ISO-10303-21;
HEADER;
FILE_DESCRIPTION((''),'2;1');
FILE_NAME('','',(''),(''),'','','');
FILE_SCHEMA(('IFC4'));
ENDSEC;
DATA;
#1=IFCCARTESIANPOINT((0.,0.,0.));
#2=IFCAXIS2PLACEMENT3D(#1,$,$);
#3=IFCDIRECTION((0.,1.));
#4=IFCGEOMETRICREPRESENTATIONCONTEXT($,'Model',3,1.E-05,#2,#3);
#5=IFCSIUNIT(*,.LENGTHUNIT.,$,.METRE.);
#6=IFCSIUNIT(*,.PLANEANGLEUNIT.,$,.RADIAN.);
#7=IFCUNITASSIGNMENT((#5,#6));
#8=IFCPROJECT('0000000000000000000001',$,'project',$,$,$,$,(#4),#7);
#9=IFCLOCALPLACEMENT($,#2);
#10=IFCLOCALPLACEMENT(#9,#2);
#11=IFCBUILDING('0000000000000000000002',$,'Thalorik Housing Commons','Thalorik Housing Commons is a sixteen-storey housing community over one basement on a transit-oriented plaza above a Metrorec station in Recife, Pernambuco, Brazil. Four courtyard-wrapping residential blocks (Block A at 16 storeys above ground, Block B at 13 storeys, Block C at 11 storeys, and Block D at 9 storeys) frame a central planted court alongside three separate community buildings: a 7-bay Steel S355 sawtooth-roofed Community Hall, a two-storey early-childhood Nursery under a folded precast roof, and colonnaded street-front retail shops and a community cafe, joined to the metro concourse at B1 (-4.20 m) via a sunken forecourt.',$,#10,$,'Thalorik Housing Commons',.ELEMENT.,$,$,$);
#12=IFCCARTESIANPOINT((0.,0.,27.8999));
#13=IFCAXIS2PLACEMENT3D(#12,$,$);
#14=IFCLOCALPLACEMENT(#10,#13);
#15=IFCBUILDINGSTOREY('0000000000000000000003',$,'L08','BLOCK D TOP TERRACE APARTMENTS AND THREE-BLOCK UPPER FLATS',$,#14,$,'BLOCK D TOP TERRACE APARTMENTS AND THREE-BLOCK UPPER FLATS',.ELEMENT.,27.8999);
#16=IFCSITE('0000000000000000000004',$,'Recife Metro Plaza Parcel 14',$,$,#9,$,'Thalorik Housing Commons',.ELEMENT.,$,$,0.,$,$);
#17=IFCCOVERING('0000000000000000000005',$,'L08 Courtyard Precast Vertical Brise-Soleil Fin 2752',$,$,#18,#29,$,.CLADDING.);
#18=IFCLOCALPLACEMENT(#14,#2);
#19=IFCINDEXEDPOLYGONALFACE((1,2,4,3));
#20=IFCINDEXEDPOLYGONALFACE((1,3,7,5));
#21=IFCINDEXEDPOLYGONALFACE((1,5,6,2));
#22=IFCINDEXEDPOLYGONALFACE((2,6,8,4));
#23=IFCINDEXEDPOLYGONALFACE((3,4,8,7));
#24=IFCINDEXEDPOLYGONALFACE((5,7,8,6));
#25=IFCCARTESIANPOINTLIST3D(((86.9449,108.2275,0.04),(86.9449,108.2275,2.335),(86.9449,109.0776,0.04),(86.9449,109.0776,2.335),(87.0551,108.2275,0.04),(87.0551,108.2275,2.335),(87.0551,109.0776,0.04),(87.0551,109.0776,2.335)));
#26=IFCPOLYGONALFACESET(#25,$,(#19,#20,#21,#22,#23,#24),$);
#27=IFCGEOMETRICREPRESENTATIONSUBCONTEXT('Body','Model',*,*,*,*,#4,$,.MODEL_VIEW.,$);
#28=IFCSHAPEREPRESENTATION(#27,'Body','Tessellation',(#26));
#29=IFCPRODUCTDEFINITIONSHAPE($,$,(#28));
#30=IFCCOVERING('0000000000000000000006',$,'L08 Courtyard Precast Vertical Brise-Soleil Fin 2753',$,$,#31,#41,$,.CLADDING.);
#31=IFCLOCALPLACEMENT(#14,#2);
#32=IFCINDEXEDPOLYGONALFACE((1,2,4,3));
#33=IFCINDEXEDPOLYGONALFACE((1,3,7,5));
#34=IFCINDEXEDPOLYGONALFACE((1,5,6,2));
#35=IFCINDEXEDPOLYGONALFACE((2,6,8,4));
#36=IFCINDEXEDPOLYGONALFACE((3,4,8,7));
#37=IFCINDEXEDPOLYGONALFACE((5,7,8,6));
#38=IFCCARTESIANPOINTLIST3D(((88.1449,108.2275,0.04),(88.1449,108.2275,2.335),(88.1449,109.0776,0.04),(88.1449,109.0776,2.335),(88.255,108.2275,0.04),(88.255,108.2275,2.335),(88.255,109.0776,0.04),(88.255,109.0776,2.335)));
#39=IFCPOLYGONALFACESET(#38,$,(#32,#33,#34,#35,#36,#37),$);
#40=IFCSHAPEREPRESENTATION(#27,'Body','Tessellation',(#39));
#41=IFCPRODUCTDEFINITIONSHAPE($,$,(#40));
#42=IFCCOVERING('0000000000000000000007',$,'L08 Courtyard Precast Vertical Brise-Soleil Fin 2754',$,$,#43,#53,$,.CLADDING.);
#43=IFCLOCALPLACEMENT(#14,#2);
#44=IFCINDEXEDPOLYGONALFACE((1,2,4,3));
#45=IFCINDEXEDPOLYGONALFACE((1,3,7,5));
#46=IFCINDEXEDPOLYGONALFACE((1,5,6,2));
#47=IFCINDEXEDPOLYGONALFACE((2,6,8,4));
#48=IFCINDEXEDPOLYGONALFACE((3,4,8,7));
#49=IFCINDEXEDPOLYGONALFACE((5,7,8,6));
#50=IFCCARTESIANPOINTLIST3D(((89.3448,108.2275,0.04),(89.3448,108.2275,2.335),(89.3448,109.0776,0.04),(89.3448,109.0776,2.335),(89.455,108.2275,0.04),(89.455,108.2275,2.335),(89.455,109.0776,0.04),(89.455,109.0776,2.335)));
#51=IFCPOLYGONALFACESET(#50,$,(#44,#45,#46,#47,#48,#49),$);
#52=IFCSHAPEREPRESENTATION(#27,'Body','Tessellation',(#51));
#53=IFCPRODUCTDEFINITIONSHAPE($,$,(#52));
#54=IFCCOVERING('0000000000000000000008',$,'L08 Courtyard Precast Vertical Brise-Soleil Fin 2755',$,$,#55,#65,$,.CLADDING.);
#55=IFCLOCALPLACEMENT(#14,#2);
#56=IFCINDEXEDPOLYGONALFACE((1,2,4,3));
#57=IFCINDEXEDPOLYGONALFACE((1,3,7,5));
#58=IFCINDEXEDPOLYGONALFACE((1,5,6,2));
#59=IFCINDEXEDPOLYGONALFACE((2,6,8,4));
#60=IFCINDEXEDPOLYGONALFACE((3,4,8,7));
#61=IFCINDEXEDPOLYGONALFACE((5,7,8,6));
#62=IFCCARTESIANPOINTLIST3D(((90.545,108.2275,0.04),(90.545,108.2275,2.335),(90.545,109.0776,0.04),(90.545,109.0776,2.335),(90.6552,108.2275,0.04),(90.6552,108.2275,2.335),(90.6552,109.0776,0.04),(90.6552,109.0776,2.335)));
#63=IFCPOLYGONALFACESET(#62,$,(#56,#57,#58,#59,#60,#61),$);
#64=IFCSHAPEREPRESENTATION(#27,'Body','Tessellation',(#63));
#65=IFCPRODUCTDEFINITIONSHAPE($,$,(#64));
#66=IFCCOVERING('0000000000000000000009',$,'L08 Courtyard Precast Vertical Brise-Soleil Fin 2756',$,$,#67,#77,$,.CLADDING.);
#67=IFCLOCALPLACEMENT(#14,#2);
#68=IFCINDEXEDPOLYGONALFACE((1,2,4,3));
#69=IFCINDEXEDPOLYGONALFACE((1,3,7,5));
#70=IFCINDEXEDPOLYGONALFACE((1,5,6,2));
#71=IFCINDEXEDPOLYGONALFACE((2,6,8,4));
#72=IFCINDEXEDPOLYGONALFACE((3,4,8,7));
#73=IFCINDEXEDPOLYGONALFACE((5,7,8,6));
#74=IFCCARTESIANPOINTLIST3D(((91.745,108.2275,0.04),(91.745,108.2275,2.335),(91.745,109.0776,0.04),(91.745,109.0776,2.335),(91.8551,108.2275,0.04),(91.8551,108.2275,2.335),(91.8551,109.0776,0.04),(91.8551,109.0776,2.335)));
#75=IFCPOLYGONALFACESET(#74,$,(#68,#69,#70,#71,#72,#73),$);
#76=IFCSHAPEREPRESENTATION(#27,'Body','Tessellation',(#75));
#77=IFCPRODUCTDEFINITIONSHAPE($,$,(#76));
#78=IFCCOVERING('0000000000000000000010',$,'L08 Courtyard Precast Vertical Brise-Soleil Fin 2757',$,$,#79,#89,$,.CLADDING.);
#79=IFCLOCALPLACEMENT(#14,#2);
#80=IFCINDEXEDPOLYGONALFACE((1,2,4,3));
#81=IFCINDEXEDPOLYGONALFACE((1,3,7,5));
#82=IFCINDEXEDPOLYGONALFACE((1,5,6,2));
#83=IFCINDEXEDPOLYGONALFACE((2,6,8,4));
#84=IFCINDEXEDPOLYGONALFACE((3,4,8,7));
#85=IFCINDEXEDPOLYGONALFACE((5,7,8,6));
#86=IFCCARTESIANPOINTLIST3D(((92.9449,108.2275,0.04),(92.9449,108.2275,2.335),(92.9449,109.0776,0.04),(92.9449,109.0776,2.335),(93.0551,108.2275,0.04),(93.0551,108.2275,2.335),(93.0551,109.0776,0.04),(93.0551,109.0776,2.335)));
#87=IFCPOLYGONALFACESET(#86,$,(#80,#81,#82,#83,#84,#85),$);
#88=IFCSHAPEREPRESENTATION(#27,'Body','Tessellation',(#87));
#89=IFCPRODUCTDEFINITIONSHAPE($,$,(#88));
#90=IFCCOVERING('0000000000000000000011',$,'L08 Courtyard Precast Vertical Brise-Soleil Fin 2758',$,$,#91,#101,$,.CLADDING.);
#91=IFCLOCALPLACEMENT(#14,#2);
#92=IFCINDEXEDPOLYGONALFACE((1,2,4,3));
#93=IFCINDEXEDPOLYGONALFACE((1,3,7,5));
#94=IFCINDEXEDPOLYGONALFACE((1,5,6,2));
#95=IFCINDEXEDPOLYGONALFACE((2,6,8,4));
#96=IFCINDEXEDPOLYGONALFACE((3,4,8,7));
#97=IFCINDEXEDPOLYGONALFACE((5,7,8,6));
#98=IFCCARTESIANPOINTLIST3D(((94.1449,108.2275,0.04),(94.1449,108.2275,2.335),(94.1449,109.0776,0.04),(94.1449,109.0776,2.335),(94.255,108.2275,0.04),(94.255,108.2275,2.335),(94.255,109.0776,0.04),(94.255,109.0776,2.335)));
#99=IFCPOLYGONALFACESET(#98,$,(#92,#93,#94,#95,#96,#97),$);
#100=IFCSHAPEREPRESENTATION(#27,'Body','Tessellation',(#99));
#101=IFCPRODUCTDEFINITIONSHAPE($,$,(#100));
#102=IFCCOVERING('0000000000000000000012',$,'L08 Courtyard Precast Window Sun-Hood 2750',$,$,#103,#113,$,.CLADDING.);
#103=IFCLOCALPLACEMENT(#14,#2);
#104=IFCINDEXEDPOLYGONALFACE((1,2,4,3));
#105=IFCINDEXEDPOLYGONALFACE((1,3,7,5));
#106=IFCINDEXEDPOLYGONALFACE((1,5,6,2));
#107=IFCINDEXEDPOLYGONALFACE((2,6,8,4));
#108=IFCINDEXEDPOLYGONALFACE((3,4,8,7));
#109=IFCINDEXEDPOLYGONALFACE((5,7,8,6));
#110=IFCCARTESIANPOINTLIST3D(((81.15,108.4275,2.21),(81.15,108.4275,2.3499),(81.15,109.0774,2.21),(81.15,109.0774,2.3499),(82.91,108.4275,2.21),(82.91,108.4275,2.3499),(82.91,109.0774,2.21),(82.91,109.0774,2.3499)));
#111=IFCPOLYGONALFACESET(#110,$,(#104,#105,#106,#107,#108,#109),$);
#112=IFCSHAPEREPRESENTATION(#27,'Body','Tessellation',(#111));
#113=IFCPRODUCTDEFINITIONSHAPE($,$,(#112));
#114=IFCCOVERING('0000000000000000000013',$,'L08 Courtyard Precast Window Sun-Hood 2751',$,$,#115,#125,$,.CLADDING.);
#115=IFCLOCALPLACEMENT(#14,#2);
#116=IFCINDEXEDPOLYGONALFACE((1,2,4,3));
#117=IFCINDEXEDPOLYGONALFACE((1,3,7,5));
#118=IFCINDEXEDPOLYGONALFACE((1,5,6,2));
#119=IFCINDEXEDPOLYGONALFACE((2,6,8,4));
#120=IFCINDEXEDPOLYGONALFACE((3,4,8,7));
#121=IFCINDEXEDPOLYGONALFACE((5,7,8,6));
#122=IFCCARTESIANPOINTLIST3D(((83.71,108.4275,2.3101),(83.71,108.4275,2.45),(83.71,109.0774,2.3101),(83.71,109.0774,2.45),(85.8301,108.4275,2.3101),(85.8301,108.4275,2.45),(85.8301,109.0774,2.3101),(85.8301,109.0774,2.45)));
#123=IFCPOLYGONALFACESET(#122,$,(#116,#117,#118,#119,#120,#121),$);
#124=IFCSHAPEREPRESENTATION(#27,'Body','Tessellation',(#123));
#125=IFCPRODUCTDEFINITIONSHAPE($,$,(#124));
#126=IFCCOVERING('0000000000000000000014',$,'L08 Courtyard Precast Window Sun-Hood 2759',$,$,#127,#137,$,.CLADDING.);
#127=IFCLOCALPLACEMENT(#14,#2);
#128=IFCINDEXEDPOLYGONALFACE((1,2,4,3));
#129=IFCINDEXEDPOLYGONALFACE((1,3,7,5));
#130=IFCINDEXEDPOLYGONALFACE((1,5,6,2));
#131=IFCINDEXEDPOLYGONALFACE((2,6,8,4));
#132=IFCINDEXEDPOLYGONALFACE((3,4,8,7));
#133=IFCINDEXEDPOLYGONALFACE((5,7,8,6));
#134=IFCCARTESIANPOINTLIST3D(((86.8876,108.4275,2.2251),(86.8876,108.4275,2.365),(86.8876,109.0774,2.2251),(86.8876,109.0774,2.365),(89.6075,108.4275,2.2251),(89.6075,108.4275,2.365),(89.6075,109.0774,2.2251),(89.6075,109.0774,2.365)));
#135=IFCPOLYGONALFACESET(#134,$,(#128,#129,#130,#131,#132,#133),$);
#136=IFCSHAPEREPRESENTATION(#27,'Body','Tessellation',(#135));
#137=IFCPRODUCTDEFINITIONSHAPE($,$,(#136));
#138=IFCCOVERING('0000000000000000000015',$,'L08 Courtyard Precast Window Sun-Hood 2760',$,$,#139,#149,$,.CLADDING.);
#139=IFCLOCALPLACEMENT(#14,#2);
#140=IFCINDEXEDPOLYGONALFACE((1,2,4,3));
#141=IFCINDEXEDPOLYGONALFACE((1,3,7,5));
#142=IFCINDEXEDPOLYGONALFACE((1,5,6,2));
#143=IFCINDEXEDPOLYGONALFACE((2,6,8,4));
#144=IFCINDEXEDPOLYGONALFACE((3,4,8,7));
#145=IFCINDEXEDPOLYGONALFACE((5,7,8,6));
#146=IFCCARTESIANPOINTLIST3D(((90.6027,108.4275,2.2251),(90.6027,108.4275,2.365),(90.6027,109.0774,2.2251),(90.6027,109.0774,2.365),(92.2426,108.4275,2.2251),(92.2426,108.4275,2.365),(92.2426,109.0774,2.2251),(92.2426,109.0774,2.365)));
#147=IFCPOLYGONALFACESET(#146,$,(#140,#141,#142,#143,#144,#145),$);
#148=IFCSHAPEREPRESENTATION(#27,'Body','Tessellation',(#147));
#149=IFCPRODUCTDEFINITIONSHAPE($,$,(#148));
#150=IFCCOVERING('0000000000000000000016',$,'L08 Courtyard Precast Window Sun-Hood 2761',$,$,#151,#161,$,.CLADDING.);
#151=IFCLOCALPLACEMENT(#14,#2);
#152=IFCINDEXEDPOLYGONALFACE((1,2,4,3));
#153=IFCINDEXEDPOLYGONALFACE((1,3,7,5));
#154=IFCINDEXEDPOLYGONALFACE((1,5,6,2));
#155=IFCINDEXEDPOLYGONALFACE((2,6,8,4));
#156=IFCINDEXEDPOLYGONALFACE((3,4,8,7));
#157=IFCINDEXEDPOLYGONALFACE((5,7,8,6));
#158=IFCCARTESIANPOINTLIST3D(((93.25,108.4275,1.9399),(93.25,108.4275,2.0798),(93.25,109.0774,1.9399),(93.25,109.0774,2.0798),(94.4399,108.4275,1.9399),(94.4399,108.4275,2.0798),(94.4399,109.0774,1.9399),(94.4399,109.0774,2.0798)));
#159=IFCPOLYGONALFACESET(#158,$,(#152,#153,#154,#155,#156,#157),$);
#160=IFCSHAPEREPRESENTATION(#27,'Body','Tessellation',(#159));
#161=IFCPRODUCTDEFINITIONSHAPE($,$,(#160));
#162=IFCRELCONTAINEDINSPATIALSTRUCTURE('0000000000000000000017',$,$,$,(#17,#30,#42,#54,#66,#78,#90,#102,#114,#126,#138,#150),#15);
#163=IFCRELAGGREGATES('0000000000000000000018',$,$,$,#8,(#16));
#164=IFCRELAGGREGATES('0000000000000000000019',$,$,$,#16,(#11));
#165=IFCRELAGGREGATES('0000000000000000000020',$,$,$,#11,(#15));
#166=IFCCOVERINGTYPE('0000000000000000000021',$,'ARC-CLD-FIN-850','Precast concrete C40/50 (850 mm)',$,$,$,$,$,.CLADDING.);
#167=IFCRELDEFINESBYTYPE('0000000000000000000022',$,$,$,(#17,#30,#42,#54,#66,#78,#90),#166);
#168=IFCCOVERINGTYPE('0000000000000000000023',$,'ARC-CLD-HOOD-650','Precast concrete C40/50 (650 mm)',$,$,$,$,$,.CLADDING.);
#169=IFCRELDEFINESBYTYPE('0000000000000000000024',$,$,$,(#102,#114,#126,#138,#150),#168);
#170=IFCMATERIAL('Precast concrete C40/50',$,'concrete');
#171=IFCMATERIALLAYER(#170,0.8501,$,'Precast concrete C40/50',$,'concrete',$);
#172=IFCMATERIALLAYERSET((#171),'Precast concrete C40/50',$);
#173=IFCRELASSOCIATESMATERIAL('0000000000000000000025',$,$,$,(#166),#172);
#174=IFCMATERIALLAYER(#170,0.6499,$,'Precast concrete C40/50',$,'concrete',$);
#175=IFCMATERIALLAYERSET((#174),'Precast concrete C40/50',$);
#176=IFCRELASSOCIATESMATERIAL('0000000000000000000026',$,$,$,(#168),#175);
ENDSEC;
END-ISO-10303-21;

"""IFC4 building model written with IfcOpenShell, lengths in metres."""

from ifc_helpers import new_model, si_unit, direction, frame, origin, origin_2d, place, context, subcontext, project, spatial, rectangle, extrude, material, layer, layer_set, type_object, element, save


model = new_model("IFC4")

# Units and contexts
model_context = context("Model", 3, precision=1e-05, world=origin(), true_north=direction((0.0, 1.0)))
body_context = subcontext(model_context, "Body", "Model", "MODEL_VIEW")
ifc_project = project(units=[si_unit("LENGTHUNIT", "METRE"), si_unit("PLANEANGLEUNIT", "RADIAN")], contexts=[model_context])

# Site, building, storey
site_placement = place(None, origin())
site = spatial("IfcSite", under=ifc_project, at=site_placement, Name="Recife Metro Plaza Parcel 14", LongName="Thalorik Housing Commons", CompositionType="ELEMENT", RefElevation=0.0)
building_placement = place(site_placement, origin())
building = spatial("IfcBuilding", under=site, at=building_placement, Name="Thalorik Housing Commons", Description="Thalorik Housing Commons is a sixteen-storey housing community over one basement on a transit-oriented plaza above a Metrorec station in Recife, Pernambuco, Brazil. Four courtyard-wrapping residential blocks (Block A at 16 storeys above ground, Block B at 13 storeys, Block C at 11 storeys, and Block D at 9 storeys) frame a central planted court alongside three separate community buildings: a 7-bay Steel S355 sawtooth-roofed Community Hall, a two-storey early-childhood Nursery under a folded precast roof, and colonnaded street-front retail shops and a community cafe, joined to the metro concourse at B1 (-4.20 m) via a sunken forecourt.", LongName="Thalorik Housing Commons", CompositionType="ELEMENT")
storey_placement = place(building_placement, frame((0.0, 0.0, 27.8999)))
storey = spatial("IfcBuildingStorey", under=building, at=storey_placement, Name="L08", Description="BLOCK D TOP TERRACE APARTMENTS AND THREE-BLOCK UPPER FLATS", LongName="BLOCK D TOP TERRACE APARTMENTS AND THREE-BLOCK UPPER FLATS", CompositionType="ELEMENT", Elevation=27.8999)

# Shared definitions
ifc_material_1 = material(Name="Precast concrete C40/50", Category="concrete")

# Coverings
ifc_layer_1 = layer(ifc_material_1, 0.8501, Name="Precast concrete C40/50", Category="concrete")
ifc_layer_set_1 = layer_set([ifc_layer_1], Name="Precast concrete C40/50")
covering_type_1 = type_object("IfcCoveringType", Name="ARC-CLD-FIN-850", Description="Precast concrete C40/50 (850 mm)", PredefinedType="CLADDING", material=ifc_layer_set_1)
for number, where, z_axis, x_axis, name in (
    (1, (87.0, 108.6526, 0.04), (0.0, 0.0, 1.0), (1.0, 0.0, 0.0), "L08 Courtyard Precast Vertical Brise-Soleil Fin 2752"),
    (2, (88.2, 108.6526, 0.04), (0.0, 0.0, 1.0), (1.0, 0.0, 0.0), "L08 Courtyard Precast Vertical Brise-Soleil Fin 2753"),
    (3, (89.3999, 108.6526, 0.04), (0.0, 0.0, 1.0), (1.0, 0.0, 0.0), "L08 Courtyard Precast Vertical Brise-Soleil Fin 2754"),
    (4, (90.6001, 108.6526, 0.04), (0.0, 0.0, 1.0), (1.0, 0.0, 0.0), "L08 Courtyard Precast Vertical Brise-Soleil Fin 2755"),
    (5, (91.8, 108.6526, 0.04), (0.0, 0.0, 1.0), (1.0, 0.0, 0.0), "L08 Courtyard Precast Vertical Brise-Soleil Fin 2756"),
    (6, (93.0, 108.6526, 0.04), (0.0, 0.0, 1.0), (1.0, 0.0, 0.0), "L08 Courtyard Precast Vertical Brise-Soleil Fin 2757"),
    (7, (94.2, 108.6526, 0.04), (0.0, 0.0, 1.0), (1.0, 0.0, 0.0), "L08 Courtyard Precast Vertical Brise-Soleil Fin 2758"),
):
    element("IfcCovering", number, at=place(storey_placement, frame(where, z_axis=z_axis, x_axis=x_axis)), inside=storey, type_object=covering_type_1, Name=name, PredefinedType="CLADDING", context=body_context, shape_type="SweptSolid", body=[
        extrude(rectangle(XDim=0.1101, YDim=0.8501, at=origin_2d()), origin(), (0.0, 0.0, 1.0), 2.2949),
    ])
ifc_layer_2 = layer(ifc_material_1, 0.6499, Name="Precast concrete C40/50", Category="concrete")
ifc_layer_set_2 = layer_set([ifc_layer_2], Name="Precast concrete C40/50")
covering_type_2 = type_object("IfcCoveringType", Name="ARC-CLD-HOOD-650", Description="Precast concrete C40/50 (650 mm)", PredefinedType="CLADDING", material=ifc_layer_set_2)
covering_1_placement = place(storey_placement, frame((82.03, 108.7524, 2.21), z_axis=(0.0, 0.0, 1.0), x_axis=(1.0, 0.0, 0.0)))
element("IfcCovering", 8, at=covering_1_placement, inside=storey, type_object=covering_type_2, Name="L08 Courtyard Precast Window Sun-Hood 2750", PredefinedType="CLADDING", context=body_context, shape_type="SweptSolid", body=[
    extrude(rectangle(XDim=1.76, YDim=0.6499, at=origin_2d()), origin(), (0.0, 0.0, 1.0), 0.1399),
])
covering_2_placement = place(storey_placement, frame((84.77, 108.7524, 2.3101), z_axis=(0.0, 0.0, 1.0), x_axis=(1.0, 0.0, 0.0)))
element("IfcCovering", 9, at=covering_2_placement, inside=storey, type_object=covering_type_2, Name="L08 Courtyard Precast Window Sun-Hood 2751", PredefinedType="CLADDING", context=body_context, shape_type="SweptSolid", body=[
    extrude(rectangle(XDim=2.1201, YDim=0.6499, at=origin_2d()), origin(), (0.0, 0.0, 1.0), 0.1399),
])
covering_3_placement = place(storey_placement, frame((88.2476, 108.7524, 2.2251), z_axis=(0.0, 0.0, 1.0), x_axis=(1.0, 0.0, 0.0)))
element("IfcCovering", 10, at=covering_3_placement, inside=storey, type_object=covering_type_2, Name="L08 Courtyard Precast Window Sun-Hood 2759", PredefinedType="CLADDING", context=body_context, shape_type="SweptSolid", body=[
    extrude(rectangle(XDim=2.72, YDim=0.6499, at=origin_2d()), origin(), (0.0, 0.0, 1.0), 0.1399),
])
covering_4_placement = place(storey_placement, frame((91.4226, 108.7524, 2.2251), z_axis=(0.0, 0.0, 1.0), x_axis=(1.0, 0.0, 0.0)))
element("IfcCovering", 11, at=covering_4_placement, inside=storey, type_object=covering_type_2, Name="L08 Courtyard Precast Window Sun-Hood 2760", PredefinedType="CLADDING", context=body_context, shape_type="SweptSolid", body=[
    extrude(rectangle(XDim=1.6399, YDim=0.6499, at=origin_2d()), origin(), (0.0, 0.0, 1.0), 0.1399),
])
covering_5_placement = place(storey_placement, frame((93.845, 108.7524, 1.9399), z_axis=(0.0, 0.0, 1.0), x_axis=(1.0, 0.0, 0.0)))
element("IfcCovering", 12, at=covering_5_placement, inside=storey, type_object=covering_type_2, Name="L08 Courtyard Precast Window Sun-Hood 2761", PredefinedType="CLADDING", context=body_context, shape_type="SweptSolid", body=[
    extrude(rectangle(XDim=1.1899, YDim=0.6499, at=origin_2d()), origin(), (0.0, 0.0, 1.0), 0.1399),
])

save(model, "model.ifc")
